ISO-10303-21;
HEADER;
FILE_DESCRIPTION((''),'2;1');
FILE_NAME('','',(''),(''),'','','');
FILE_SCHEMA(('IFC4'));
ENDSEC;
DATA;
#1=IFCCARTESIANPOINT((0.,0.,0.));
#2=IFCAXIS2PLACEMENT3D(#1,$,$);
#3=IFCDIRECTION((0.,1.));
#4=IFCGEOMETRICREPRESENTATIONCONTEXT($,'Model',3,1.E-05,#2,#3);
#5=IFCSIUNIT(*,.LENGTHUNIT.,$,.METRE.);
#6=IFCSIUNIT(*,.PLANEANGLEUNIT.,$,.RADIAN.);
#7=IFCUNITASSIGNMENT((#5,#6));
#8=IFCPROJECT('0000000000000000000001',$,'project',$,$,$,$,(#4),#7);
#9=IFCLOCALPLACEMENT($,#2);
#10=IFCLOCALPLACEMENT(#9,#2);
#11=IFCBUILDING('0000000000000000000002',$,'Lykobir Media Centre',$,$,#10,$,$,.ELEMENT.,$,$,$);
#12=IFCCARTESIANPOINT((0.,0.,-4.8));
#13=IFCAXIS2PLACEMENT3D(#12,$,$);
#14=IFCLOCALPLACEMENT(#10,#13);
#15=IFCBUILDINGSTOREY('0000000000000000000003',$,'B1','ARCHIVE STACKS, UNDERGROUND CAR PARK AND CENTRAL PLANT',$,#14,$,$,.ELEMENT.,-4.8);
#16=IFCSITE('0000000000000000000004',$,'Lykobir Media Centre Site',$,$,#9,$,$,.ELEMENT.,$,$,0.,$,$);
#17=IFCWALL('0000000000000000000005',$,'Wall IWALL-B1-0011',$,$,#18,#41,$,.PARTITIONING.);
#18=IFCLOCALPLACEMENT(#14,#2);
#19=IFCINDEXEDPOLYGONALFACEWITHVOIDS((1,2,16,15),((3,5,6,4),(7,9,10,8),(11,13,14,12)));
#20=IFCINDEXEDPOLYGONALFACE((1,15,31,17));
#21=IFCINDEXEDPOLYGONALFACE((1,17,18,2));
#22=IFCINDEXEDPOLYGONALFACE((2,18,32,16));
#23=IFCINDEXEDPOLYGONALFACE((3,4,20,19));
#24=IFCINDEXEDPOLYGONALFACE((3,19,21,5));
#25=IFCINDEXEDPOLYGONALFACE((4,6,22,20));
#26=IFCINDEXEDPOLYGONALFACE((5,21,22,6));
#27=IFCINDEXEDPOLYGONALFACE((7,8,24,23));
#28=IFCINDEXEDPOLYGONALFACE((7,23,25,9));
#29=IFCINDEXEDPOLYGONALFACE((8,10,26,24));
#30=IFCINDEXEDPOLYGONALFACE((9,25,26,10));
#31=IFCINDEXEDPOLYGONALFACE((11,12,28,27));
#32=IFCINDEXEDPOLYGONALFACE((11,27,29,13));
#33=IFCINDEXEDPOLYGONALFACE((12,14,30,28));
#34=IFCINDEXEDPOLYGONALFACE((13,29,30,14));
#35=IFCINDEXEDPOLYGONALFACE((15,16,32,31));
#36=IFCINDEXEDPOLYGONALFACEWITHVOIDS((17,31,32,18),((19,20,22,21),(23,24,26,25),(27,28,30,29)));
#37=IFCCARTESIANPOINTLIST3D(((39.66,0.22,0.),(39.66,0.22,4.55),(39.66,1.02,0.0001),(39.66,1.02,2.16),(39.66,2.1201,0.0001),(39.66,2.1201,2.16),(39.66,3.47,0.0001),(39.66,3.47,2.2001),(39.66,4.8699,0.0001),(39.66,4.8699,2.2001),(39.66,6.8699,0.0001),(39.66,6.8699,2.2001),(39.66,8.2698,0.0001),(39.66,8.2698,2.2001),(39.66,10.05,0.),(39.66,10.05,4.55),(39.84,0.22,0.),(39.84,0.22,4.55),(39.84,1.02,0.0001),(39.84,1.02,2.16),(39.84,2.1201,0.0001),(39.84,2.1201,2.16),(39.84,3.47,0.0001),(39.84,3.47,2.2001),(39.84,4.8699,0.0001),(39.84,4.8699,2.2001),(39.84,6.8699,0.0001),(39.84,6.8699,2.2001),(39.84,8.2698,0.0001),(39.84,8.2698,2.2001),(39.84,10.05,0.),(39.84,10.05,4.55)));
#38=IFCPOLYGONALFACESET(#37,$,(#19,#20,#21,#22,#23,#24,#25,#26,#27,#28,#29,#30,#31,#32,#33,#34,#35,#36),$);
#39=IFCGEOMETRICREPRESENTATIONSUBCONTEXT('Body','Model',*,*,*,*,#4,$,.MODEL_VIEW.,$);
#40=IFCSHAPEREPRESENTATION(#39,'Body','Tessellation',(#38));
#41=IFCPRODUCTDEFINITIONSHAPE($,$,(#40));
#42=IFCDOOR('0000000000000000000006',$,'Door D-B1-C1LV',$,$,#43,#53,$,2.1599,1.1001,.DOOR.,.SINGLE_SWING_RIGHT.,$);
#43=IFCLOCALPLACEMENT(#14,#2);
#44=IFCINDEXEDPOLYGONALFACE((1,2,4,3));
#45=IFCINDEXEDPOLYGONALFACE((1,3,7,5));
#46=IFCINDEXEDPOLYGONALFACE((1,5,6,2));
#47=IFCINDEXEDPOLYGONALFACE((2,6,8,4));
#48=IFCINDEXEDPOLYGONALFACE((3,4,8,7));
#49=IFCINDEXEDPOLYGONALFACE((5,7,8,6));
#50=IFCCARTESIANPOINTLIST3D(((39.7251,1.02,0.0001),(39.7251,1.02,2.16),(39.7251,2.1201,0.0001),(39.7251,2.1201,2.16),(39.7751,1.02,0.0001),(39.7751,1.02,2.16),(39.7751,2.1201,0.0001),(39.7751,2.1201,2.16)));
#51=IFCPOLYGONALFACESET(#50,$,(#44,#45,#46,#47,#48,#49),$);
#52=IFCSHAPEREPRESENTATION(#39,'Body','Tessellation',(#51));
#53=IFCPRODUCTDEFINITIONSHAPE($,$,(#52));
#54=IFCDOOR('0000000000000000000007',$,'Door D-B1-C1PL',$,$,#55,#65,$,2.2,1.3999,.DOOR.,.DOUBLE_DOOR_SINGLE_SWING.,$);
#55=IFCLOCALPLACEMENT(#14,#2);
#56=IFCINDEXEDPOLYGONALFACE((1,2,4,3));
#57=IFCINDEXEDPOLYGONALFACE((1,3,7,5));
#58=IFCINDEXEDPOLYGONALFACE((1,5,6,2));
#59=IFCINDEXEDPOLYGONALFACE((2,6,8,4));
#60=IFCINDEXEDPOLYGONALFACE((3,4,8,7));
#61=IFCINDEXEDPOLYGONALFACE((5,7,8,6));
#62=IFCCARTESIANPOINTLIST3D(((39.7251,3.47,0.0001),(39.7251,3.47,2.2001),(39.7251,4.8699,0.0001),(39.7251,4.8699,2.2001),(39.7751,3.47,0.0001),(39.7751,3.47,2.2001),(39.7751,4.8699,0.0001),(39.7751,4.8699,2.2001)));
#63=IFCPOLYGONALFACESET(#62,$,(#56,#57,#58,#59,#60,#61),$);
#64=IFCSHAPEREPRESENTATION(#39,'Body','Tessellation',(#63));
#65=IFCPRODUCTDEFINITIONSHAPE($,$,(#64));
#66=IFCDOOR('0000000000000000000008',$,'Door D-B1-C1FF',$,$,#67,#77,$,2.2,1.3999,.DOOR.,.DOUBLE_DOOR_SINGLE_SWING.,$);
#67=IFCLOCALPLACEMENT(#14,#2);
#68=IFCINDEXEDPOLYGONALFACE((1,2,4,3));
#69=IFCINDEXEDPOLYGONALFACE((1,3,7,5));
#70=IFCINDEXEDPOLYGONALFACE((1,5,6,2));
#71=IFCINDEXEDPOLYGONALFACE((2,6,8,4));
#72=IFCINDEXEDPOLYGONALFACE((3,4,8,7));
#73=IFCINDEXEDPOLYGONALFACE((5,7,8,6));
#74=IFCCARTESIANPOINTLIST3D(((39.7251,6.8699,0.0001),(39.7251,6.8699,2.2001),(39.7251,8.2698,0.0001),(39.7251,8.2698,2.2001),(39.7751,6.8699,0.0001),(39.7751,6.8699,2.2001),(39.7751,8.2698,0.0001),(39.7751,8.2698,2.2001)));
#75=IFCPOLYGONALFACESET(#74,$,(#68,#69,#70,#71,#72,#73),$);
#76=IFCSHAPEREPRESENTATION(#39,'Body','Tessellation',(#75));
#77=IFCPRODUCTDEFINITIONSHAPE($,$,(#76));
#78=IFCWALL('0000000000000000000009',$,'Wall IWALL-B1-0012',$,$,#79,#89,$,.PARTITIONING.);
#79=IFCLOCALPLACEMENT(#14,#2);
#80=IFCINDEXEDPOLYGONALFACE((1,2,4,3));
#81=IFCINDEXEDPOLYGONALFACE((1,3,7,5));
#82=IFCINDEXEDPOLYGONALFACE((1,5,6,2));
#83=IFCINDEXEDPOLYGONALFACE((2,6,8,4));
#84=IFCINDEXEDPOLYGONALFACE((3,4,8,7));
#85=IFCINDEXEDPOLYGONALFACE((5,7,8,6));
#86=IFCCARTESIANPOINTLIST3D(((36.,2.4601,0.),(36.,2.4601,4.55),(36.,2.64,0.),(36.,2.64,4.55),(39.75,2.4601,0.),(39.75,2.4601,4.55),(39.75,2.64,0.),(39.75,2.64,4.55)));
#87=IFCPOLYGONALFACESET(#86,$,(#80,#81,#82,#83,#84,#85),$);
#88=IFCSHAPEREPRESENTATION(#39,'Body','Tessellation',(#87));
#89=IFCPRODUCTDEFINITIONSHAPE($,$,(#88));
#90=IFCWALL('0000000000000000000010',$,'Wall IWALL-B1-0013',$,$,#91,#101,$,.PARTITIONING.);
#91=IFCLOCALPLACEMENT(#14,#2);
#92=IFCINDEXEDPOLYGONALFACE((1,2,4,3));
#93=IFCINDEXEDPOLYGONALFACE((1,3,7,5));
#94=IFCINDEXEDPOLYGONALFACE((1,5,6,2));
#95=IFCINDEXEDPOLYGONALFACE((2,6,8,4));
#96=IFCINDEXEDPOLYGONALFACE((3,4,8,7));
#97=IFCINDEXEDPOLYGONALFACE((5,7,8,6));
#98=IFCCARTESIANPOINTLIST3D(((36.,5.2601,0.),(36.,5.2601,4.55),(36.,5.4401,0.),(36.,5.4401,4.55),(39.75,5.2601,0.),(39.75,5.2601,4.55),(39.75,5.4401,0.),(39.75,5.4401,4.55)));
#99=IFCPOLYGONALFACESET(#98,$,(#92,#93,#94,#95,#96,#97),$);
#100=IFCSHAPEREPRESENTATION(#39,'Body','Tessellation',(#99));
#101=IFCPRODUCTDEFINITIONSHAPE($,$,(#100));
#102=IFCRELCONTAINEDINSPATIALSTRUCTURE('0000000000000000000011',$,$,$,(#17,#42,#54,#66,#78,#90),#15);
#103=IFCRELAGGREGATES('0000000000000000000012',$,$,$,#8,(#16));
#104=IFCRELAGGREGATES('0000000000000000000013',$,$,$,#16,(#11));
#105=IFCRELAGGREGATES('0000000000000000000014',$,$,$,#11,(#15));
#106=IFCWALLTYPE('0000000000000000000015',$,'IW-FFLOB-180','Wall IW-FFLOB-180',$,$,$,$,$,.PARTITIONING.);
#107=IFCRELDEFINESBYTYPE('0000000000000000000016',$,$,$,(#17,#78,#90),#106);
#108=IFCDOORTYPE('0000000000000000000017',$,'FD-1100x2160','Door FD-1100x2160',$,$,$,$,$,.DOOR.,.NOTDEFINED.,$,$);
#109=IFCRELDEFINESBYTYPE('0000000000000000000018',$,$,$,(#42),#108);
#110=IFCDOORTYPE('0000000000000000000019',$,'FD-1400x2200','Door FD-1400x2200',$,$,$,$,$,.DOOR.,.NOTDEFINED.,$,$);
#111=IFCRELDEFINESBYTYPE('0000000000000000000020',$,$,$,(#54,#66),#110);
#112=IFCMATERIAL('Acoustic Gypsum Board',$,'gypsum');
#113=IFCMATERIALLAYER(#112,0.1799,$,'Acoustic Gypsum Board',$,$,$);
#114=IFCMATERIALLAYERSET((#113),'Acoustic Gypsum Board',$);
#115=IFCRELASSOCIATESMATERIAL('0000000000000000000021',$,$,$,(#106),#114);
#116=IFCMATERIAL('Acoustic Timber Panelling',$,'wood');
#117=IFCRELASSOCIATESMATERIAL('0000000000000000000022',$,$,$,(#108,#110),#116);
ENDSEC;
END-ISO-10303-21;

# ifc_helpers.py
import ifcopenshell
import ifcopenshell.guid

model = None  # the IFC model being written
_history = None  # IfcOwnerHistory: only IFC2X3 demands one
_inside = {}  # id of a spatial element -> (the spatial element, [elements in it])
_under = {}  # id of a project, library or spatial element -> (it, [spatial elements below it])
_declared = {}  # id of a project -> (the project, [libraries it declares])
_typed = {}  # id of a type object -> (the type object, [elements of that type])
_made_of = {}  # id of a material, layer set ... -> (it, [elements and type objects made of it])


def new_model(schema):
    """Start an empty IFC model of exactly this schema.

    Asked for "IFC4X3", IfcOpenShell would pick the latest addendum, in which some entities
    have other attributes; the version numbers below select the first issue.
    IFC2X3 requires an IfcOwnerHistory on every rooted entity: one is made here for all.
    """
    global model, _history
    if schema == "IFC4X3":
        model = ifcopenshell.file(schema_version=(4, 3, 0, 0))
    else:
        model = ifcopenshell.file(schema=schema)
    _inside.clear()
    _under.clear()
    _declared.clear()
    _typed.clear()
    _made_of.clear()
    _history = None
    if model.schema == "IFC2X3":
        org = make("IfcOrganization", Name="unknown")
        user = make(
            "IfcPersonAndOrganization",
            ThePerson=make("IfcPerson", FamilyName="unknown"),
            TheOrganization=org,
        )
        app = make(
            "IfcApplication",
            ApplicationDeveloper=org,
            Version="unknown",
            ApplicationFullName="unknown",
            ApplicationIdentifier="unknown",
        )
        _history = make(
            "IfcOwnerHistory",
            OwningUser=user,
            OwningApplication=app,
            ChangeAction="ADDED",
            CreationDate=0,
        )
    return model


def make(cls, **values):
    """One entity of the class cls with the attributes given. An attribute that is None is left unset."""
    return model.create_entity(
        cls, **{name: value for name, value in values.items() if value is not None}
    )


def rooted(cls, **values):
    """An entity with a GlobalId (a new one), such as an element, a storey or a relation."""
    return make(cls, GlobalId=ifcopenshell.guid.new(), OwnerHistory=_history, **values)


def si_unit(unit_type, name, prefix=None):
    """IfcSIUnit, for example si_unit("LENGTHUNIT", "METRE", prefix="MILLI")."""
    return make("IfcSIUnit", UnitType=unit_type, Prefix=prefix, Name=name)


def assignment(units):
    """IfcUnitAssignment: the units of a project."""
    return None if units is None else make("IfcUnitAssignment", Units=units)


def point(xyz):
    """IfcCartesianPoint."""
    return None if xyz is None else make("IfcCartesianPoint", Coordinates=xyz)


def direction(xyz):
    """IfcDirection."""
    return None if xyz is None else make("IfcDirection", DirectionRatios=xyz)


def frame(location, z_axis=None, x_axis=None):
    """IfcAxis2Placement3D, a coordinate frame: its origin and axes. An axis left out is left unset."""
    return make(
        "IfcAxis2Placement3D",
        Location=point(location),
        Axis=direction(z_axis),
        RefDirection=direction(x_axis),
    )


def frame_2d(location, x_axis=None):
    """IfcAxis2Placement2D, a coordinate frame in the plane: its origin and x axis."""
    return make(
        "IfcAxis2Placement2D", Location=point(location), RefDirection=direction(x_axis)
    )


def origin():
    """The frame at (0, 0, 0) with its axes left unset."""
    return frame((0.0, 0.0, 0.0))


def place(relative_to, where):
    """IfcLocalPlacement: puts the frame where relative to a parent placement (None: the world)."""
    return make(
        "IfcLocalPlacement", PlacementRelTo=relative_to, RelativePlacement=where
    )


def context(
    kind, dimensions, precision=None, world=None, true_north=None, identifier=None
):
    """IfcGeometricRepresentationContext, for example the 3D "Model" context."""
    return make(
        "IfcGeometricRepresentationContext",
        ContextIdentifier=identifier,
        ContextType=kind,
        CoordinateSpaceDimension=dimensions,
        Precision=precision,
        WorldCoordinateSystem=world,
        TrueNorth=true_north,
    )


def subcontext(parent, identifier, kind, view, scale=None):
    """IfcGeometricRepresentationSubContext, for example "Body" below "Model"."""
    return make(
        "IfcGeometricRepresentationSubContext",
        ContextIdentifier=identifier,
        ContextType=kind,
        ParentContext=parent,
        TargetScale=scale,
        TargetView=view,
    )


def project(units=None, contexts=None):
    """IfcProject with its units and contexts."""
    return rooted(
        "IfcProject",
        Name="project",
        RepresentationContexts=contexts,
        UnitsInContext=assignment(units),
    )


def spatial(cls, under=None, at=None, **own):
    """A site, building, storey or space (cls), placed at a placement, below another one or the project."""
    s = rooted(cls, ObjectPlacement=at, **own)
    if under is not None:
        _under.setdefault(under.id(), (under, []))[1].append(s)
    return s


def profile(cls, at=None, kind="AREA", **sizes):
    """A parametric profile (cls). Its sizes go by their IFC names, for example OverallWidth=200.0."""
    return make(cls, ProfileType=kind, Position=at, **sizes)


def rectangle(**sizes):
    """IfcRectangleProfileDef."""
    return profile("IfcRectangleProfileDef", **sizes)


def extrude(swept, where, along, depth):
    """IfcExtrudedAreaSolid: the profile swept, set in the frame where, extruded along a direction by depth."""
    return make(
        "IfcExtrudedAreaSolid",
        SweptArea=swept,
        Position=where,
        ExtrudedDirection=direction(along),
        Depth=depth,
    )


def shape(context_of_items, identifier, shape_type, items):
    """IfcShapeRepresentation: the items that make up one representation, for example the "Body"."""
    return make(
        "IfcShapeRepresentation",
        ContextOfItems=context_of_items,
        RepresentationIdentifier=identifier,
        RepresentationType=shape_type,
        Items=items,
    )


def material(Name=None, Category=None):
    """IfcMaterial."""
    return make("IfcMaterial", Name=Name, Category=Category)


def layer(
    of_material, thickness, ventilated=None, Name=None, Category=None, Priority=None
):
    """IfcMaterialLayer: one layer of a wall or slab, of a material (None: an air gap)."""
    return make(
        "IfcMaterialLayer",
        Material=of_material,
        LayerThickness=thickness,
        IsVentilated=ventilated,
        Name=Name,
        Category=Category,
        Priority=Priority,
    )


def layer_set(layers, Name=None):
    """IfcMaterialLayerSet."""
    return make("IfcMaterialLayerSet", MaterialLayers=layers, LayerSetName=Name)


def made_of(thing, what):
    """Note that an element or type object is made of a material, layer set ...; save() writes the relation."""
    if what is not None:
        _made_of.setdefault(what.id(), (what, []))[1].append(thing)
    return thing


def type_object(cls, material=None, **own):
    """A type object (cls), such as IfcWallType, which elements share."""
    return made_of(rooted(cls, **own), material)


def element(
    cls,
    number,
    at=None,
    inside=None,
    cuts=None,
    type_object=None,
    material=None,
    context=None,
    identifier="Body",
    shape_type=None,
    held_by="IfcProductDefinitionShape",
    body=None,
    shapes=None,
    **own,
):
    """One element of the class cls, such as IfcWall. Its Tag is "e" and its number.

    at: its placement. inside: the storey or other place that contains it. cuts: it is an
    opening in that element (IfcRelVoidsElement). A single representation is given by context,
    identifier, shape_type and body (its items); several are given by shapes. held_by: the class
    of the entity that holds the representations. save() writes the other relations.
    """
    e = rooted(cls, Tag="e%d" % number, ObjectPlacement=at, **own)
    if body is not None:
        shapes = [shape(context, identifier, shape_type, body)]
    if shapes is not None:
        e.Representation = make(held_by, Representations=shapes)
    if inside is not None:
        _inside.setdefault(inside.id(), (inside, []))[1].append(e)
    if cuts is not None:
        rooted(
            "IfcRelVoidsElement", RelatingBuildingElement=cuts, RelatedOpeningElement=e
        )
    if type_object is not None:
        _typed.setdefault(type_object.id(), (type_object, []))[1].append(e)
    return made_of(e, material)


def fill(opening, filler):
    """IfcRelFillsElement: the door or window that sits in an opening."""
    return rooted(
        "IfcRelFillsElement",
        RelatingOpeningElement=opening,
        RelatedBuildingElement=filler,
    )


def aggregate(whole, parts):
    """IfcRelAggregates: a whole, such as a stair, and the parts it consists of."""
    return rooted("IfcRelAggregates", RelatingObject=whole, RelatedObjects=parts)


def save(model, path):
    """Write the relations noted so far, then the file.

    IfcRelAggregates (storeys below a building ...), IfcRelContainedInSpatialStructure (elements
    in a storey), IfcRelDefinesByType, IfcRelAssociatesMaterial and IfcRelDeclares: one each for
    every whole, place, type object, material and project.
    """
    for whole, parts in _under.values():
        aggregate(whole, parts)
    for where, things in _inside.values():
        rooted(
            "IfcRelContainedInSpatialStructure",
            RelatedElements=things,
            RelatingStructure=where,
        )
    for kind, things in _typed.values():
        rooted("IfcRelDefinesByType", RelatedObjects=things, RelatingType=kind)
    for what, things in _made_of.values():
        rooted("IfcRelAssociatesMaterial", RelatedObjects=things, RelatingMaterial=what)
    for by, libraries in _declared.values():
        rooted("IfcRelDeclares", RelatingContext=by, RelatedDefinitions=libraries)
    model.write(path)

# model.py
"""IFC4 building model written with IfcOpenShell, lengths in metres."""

from ifc_helpers import new_model, si_unit, direction, frame, frame_2d, origin, place, context, subcontext, project, spatial, rectangle, extrude, material, layer, layer_set, type_object, element, fill, save


model = new_model("IFC4")

# Units and contexts
model_context = context("Model", 3, precision=1e-05, world=origin(), true_north=direction((0.0, 1.0)))
body_context = subcontext(model_context, "Body", "Model", "MODEL_VIEW")
ifc_project = project(units=[si_unit("LENGTHUNIT", "METRE"), si_unit("PLANEANGLEUNIT", "RADIAN")], contexts=[model_context])

# Site, building, storey
site_placement = place(None, origin())
site = spatial("IfcSite", under=ifc_project, at=site_placement, Name="Lykobir Media Centre Site", CompositionType="ELEMENT", RefElevation=0.0)
building_placement = place(site_placement, origin())
building = spatial("IfcBuilding", under=site, at=building_placement, Name="Lykobir Media Centre", CompositionType="ELEMENT")
storey_placement = place(building_placement, frame((0.0, 0.0, -4.8)))
storey = spatial("IfcBuildingStorey", under=building, at=storey_placement, Name="B1", Description="ARCHIVE STACKS, UNDERGROUND CAR PARK AND CENTRAL PLANT", CompositionType="ELEMENT", Elevation=-4.8)

# Wall, openings, doors
ifc_material_1 = material(Name="Acoustic Gypsum Board", Category="gypsum")
ifc_layer_1 = layer(ifc_material_1, 0.1799, Name="Acoustic Gypsum Board")
ifc_layer_set_1 = layer_set([ifc_layer_1], Name="Acoustic Gypsum Board")
wall_type_1 = type_object("IfcWallType", Name="IW-FFLOB-180", Description="Wall IW-FFLOB-180", PredefinedType="PARTITIONING", material=ifc_layer_set_1)
wall_1_placement = place(storey_placement, frame((39.75, 0.22, 0.0), z_axis=(0.0, 0.0, 1.0), x_axis=(0.0, 1.0, 0.0)))
wall_1 = element("IfcWall", 1, at=wall_1_placement, inside=storey, type_object=wall_type_1, Name="Wall IWALL-B1-0011", PredefinedType="PARTITIONING", context=body_context, shape_type="SweptSolid", body=[
    extrude(rectangle(XDim=9.8301, YDim=0.1799, at=frame_2d((4.915, 0.0))), origin(), (0.0, 0.0, 1.0), 4.55),
])
opening_1_placement = place(wall_1_placement, frame((0.8, 0.0, 0.0)))
opening_1 = element("IfcOpeningElement", 2, at=opening_1_placement, cuts=wall_1, PredefinedType="OPENING", context=body_context, shape_type="SweptSolid", body=[
    extrude(rectangle(XDim=1.1001, YDim=2.1599, at=frame_2d((0.55, 1.0801))), frame((0.0, 0.0999, 0.0), z_axis=(0.0, -1.0, 0.0), x_axis=(1.0, 0.0, 0.0)), (0.0, 0.0, 1.0), 0.2),
])
opening_2_placement = place(wall_1_placement, frame((3.25, 0.0, 0.0)))
opening_2 = element("IfcOpeningElement", 3, at=opening_2_placement, cuts=wall_1, PredefinedType="OPENING", context=body_context, shape_type="SweptSolid", body=[
    extrude(rectangle(XDim=1.3999, YDim=2.2, at=frame_2d((0.7, 1.1001))), frame((0.0, 0.0999, 0.0), z_axis=(0.0, -1.0, 0.0), x_axis=(1.0, 0.0, 0.0)), (0.0, 0.0, 1.0), 0.2),
])
opening_3_placement = place(wall_1_placement, frame((6.6499, 0.0, 0.0)))
opening_3 = element("IfcOpeningElement", 4, at=opening_3_placement, cuts=wall_1, PredefinedType="OPENING", context=body_context, shape_type="SweptSolid", body=[
    extrude(rectangle(XDim=1.3999, YDim=2.2, at=frame_2d((0.7, 1.1001))), frame((0.0, 0.0999, 0.0), z_axis=(0.0, -1.0, 0.0), x_axis=(1.0, 0.0, 0.0)), (0.0, 0.0, 1.0), 0.2),
])
ifc_material_2 = material(Name="Acoustic Timber Panelling", Category="wood")
door_type_1 = type_object("IfcDoorType", Name="FD-1100x2160", Description="Door FD-1100x2160", OperationType="NOTDEFINED", PredefinedType="DOOR", material=ifc_material_2)
door_1_placement = place(opening_1_placement, origin())
door_1 = element("IfcDoor", 5, at=door_1_placement, inside=storey, type_object=door_type_1, Name="Door D-B1-C1LV", OperationType="SINGLE_SWING_RIGHT", OverallHeight=2.1599, OverallWidth=1.1001, PredefinedType="DOOR", context=body_context, shape_type="SweptSolid", body=[
    extrude(rectangle(XDim=1.1001, YDim=2.1599, at=frame_2d((0.55, 1.0801))), frame((0.0, 0.0249, 0.0), z_axis=(0.0, -1.0, 0.0), x_axis=(1.0, 0.0, 0.0)), (0.0, 0.0, 1.0), 0.05),
])
fill(opening_1, door_1)
door_type_2 = type_object("IfcDoorType", Name="FD-1400x2200", Description="Door FD-1400x2200", OperationType="NOTDEFINED", PredefinedType="DOOR", material=ifc_material_2)
door_2_placement = place(opening_2_placement, origin())
door_2 = element("IfcDoor", 6, at=door_2_placement, inside=storey, type_object=door_type_2, Name="Door D-B1-C1PL", OperationType="DOUBLE_DOOR_SINGLE_SWING", OverallHeight=2.2, OverallWidth=1.3999, PredefinedType="DOOR", context=body_context, shape_type="SweptSolid", body=[
    extrude(rectangle(XDim=1.3999, YDim=2.2, at=frame_2d((0.7, 1.1001))), frame((0.0, 0.0249, 0.0), z_axis=(0.0, -1.0, 0.0), x_axis=(1.0, 0.0, 0.0)), (0.0, 0.0, 1.0), 0.05),
])
fill(opening_2, door_2)
door_3_placement = place(opening_3_placement, origin())
door_3 = element("IfcDoor", 7, at=door_3_placement, inside=storey, type_object=door_type_2, Name="Door D-B1-C1FF", OperationType="DOUBLE_DOOR_SINGLE_SWING", OverallHeight=2.2, OverallWidth=1.3999, PredefinedType="DOOR", context=body_context, shape_type="SweptSolid", body=[
    extrude(rectangle(XDim=1.3999, YDim=2.2, at=frame_2d((0.7, 1.1001))), frame((0.0, 0.0249, 0.0), z_axis=(0.0, -1.0, 0.0), x_axis=(1.0, 0.0, 0.0)), (0.0, 0.0, 1.0), 0.05),
])
fill(opening_3, door_3)

# Walls
for number, where, z_axis, x_axis, name in (
    (8, (36.0, 2.55, 0.0), (0.0, 0.0, 1.0), (1.0, 0.0, 0.0), "Wall IWALL-B1-0012"),
    (9, (36.0, 5.3501, 0.0), (0.0, 0.0, 1.0), (1.0, 0.0, 0.0), "Wall IWALL-B1-0013"),
):
    element("IfcWall", number, at=place(storey_placement, frame(where, z_axis=z_axis, x_axis=x_axis)), inside=storey, type_object=wall_type_1, Name=name, PredefinedType="PARTITIONING", context=body_context, shape_type="SweptSolid", body=[
        extrude(rectangle(XDim=3.75, YDim=0.1799, at=frame_2d((1.875, 0.0))), origin(), (0.0, 0.0, 1.0), 4.55),
    ])

save(model, "model.ifc")
